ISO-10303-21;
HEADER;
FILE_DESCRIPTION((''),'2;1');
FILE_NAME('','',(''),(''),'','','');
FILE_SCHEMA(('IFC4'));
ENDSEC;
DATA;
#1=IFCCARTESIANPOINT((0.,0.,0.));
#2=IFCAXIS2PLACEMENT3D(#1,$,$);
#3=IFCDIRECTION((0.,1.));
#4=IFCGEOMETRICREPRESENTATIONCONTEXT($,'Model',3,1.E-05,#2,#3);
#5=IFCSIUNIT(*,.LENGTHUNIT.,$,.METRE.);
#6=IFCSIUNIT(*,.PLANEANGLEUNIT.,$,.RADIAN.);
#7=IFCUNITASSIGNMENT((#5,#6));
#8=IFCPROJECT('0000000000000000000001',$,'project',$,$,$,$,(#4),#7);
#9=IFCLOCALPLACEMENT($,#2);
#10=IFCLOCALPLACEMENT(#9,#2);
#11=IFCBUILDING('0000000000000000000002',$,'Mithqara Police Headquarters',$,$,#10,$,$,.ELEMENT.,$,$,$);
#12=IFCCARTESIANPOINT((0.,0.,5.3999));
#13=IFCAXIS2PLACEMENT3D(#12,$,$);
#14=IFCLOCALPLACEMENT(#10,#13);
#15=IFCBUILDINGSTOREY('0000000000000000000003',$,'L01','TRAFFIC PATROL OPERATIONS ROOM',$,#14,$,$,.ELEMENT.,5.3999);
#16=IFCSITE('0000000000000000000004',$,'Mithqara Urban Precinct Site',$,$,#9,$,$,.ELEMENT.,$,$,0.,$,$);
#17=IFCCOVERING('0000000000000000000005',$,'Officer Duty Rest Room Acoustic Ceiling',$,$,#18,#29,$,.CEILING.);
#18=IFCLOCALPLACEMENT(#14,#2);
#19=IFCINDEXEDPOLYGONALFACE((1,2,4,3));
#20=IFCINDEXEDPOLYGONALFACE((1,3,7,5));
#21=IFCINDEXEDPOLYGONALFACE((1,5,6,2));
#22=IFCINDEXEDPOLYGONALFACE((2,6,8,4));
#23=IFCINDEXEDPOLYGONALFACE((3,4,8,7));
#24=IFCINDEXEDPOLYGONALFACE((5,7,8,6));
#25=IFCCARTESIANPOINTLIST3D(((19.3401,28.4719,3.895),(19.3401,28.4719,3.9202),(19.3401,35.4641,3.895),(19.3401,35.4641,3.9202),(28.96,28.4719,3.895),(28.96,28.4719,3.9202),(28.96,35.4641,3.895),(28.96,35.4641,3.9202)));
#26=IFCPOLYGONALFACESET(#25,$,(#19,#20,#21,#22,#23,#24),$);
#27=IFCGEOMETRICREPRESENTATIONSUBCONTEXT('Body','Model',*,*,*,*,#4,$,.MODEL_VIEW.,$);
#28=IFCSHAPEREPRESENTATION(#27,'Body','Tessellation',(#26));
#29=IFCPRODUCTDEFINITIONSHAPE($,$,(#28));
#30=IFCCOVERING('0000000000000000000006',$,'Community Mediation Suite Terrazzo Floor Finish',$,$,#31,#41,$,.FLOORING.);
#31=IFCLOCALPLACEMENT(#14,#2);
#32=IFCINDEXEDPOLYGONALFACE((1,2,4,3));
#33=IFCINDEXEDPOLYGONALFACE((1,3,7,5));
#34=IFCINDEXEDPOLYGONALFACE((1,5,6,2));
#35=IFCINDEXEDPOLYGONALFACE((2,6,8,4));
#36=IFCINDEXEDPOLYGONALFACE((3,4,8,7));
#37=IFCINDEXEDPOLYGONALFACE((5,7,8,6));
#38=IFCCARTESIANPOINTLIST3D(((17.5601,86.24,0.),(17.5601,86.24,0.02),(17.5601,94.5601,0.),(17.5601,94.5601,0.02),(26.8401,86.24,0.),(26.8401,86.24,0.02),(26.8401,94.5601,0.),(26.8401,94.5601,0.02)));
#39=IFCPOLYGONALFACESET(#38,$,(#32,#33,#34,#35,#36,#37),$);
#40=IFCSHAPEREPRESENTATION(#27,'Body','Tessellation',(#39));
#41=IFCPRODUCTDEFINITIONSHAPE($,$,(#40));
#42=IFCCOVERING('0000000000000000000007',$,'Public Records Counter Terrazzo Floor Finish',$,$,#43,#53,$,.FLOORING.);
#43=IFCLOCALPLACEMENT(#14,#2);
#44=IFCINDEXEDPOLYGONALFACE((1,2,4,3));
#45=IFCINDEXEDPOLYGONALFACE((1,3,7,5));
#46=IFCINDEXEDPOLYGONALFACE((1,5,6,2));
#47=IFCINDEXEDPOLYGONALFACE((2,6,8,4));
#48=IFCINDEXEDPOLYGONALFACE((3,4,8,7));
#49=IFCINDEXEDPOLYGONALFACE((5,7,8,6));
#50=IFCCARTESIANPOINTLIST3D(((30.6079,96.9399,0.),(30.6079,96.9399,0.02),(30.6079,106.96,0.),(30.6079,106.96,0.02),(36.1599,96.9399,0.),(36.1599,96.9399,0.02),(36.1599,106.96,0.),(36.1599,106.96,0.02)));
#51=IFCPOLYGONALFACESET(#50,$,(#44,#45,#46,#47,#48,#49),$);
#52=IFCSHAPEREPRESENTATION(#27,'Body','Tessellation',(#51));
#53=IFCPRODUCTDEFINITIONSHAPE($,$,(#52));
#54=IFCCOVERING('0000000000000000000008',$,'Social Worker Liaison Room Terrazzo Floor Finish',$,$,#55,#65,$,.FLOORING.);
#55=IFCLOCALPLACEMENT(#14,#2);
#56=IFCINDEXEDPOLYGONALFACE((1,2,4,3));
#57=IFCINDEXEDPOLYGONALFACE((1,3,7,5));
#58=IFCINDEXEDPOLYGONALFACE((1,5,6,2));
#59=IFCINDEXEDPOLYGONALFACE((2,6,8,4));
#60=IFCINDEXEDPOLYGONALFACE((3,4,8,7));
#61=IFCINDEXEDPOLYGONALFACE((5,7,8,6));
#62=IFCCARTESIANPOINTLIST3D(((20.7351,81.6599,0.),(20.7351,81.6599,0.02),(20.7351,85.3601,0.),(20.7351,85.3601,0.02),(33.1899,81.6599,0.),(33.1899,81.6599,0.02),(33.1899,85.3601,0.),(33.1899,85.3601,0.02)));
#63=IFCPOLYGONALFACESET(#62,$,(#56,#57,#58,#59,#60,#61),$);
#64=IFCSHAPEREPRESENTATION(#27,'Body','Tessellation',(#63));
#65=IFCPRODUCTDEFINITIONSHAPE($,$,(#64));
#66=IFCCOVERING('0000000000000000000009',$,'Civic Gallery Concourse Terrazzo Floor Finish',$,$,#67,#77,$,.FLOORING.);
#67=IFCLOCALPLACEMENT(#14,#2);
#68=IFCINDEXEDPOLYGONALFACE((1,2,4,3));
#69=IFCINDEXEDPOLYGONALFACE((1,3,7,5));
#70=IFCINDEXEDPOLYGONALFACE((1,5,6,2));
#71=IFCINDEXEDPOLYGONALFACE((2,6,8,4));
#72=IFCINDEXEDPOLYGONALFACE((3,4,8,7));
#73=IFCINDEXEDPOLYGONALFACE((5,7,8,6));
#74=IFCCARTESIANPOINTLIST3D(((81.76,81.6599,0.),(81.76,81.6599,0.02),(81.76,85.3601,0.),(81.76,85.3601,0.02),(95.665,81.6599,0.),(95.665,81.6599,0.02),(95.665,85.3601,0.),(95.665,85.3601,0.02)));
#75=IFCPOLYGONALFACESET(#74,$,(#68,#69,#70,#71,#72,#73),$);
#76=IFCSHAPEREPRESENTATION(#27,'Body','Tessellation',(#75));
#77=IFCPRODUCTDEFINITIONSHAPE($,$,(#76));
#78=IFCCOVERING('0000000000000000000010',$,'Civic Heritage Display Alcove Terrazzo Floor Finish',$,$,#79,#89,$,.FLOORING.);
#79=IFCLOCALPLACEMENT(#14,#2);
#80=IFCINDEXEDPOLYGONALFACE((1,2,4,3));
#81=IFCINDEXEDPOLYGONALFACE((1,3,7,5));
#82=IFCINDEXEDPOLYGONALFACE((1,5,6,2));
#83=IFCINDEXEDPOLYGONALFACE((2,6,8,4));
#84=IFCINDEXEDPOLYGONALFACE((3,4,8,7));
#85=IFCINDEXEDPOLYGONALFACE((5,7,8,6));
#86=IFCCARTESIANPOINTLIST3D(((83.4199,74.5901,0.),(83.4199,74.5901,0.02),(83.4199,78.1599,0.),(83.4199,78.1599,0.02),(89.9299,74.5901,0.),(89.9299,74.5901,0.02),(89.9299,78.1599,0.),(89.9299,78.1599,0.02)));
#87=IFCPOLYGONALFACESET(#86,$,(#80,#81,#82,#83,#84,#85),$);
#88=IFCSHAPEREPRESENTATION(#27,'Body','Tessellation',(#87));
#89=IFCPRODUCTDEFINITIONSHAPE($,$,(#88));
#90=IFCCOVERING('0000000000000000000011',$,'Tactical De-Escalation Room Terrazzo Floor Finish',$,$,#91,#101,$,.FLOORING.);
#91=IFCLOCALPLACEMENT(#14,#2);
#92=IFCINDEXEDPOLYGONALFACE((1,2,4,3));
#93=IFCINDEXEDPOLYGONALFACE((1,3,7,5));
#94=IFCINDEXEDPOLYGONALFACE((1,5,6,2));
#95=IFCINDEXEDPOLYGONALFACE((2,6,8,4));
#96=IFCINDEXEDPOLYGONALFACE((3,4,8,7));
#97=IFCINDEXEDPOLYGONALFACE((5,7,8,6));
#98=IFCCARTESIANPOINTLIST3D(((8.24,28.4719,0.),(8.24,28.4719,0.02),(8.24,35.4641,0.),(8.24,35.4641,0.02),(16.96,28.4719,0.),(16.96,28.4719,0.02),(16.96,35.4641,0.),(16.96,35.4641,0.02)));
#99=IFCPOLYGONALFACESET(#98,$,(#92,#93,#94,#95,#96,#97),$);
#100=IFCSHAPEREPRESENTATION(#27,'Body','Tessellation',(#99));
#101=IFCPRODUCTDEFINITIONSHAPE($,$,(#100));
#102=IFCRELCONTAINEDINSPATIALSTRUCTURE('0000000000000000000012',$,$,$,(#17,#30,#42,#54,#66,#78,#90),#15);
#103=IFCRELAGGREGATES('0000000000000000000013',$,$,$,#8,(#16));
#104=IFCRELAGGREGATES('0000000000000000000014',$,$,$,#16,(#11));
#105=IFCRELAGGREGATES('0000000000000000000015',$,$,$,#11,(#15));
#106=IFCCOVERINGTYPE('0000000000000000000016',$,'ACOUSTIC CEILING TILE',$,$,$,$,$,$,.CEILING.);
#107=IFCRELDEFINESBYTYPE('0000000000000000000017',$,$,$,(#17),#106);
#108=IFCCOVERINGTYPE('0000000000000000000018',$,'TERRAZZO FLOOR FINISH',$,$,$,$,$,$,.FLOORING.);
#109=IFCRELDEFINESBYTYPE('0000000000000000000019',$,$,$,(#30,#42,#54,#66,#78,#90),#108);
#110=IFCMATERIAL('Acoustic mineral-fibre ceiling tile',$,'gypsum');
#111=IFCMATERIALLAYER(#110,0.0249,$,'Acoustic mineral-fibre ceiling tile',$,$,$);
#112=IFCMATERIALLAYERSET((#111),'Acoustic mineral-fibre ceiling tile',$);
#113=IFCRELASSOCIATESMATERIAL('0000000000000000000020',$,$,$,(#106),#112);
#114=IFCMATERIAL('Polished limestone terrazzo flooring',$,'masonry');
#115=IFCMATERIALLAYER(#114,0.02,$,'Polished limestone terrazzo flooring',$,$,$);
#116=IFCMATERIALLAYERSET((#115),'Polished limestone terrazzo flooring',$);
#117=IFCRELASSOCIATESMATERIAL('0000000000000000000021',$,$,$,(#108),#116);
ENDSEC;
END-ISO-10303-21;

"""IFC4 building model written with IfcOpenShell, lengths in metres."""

from ifc_helpers import new_model, si_unit, direction, frame, origin, place, context, subcontext, project, spatial, polyline, outline, extrude, material, layer, layer_set, type_object, element, save


model = new_model("IFC4")

# Units and contexts
model_context = context("Model", 3, precision=1e-05, world=origin(), true_north=direction((0.0, 1.0)))
body_context = subcontext(model_context, "Body", "Model", "MODEL_VIEW")
ifc_project = project(units=[si_unit("LENGTHUNIT", "METRE"), si_unit("PLANEANGLEUNIT", "RADIAN")], contexts=[model_context])

# Site, building, storey
site_placement = place(None, origin())
site = spatial("IfcSite", under=ifc_project, at=site_placement, Name="Mithqara Urban Precinct Site", CompositionType="ELEMENT", RefElevation=0.0)
building_placement = place(site_placement, origin())
building = spatial("IfcBuilding", under=site, at=building_placement, Name="Mithqara Police Headquarters", CompositionType="ELEMENT")
storey_placement = place(building_placement, frame((0.0, 0.0, 5.3999)))
storey = spatial("IfcBuildingStorey", under=building, at=storey_placement, Name="L01", Description="TRAFFIC PATROL OPERATIONS ROOM", CompositionType="ELEMENT", Elevation=5.3999)

# Coverings
ifc_material_1 = material(Name="Acoustic mineral-fibre ceiling tile", Category="gypsum")
ifc_layer_1 = layer(ifc_material_1, 0.0249, Name="Acoustic mineral-fibre ceiling tile")
ifc_layer_set_1 = layer_set([ifc_layer_1], Name="Acoustic mineral-fibre ceiling tile")
covering_type_1 = type_object("IfcCoveringType", Name="ACOUSTIC CEILING TILE", PredefinedType="CEILING", material=ifc_layer_set_1)
covering_1_placement = place(storey_placement, frame((0.0, 0.0, 3.895)))
element("IfcCovering", 1, at=covering_1_placement, inside=storey, type_object=covering_type_1, Name="Officer Duty Rest Room Acoustic Ceiling", PredefinedType="CEILING", context=body_context, shape_type="SweptSolid", body=[
    extrude(outline(polyline([(19.3401, 28.4719), (28.96, 28.4719), (28.96, 35.4641), (19.3401, 35.4641), (19.3401, 28.4719)])), origin(), (0.0, 0.0, 1.0), 0.0251),
])
ifc_material_2 = material(Name="Polished limestone terrazzo flooring", Category="masonry")
ifc_layer_2 = layer(ifc_material_2, 0.02, Name="Polished limestone terrazzo flooring")
ifc_layer_set_2 = layer_set([ifc_layer_2], Name="Polished limestone terrazzo flooring")
covering_type_2 = type_object("IfcCoveringType", Name="TERRAZZO FLOOR FINISH", PredefinedType="FLOORING", material=ifc_layer_set_2)
covering_2_placement = place(storey_placement, origin())
element("IfcCovering", 2, at=covering_2_placement, inside=storey, type_object=covering_type_2, Name="Community Mediation Suite Terrazzo Floor Finish", PredefinedType="FLOORING", context=body_context, shape_type="SweptSolid", body=[
    extrude(outline(polyline([(17.5601, 86.24), (26.8401, 86.24), (26.8401, 94.5601), (17.5601, 94.5601), (17.5601, 86.24)])), origin(), (0.0, 0.0, 1.0), 0.02),
])
covering_3_placement = place(storey_placement, origin())
element("IfcCovering", 3, at=covering_3_placement, inside=storey, type_object=covering_type_2, Name="Public Records Counter Terrazzo Floor Finish", PredefinedType="FLOORING", context=body_context, shape_type="SweptSolid", body=[
    extrude(outline(polyline([(30.6079, 96.9399), (36.1599, 96.9399), (36.1599, 106.96), (30.6079, 106.96), (30.6079, 96.9399)])), origin(), (0.0, 0.0, 1.0), 0.02),
])
covering_4_placement = place(storey_placement, origin())
element("IfcCovering", 4, at=covering_4_placement, inside=storey, type_object=covering_type_2, Name="Social Worker Liaison Room Terrazzo Floor Finish", PredefinedType="FLOORING", context=body_context, shape_type="SweptSolid", body=[
    extrude(outline(polyline([(20.7351, 81.6599), (33.1899, 81.6599), (33.1899, 85.3601), (20.7351, 85.3601), (20.7351, 81.6599)])), origin(), (0.0, 0.0, 1.0), 0.02),
])
covering_5_placement = place(storey_placement, origin())
element("IfcCovering", 5, at=covering_5_placement, inside=storey, type_object=covering_type_2, Name="Civic Gallery Concourse Terrazzo Floor Finish", PredefinedType="FLOORING", context=body_context, shape_type="SweptSolid", body=[
    extrude(outline(polyline([(81.76, 81.6599), (95.665, 81.6599), (95.665, 85.3601), (81.76, 85.3601), (81.76, 81.6599)])), origin(), (0.0, 0.0, 1.0), 0.02),
])
covering_6_placement = place(storey_placement, origin())
element("IfcCovering", 6, at=covering_6_placement, inside=storey, type_object=covering_type_2, Name="Civic Heritage Display Alcove Terrazzo Floor Finish", PredefinedType="FLOORING", context=body_context, shape_type="SweptSolid", body=[
    extrude(outline(polyline([(83.4199, 74.5901), (89.9299, 74.5901), (89.9299, 78.1599), (83.4199, 78.1599), (83.4199, 74.5901)])), origin(), (0.0, 0.0, 1.0), 0.02),
])
covering_7_placement = place(storey_placement, origin())
element("IfcCovering", 7, at=covering_7_placement, inside=storey, type_object=covering_type_2, Name="Tactical De-Escalation Room Terrazzo Floor Finish", PredefinedType="FLOORING", context=body_context, shape_type="SweptSolid", body=[
    extrude(outline(polyline([(8.24, 28.4719), (16.96, 28.4719), (16.96, 35.4641), (8.24, 35.4641), (8.24, 28.4719)])), origin(), (0.0, 0.0, 1.0), 0.02),
])

save(model, "model.ifc")
